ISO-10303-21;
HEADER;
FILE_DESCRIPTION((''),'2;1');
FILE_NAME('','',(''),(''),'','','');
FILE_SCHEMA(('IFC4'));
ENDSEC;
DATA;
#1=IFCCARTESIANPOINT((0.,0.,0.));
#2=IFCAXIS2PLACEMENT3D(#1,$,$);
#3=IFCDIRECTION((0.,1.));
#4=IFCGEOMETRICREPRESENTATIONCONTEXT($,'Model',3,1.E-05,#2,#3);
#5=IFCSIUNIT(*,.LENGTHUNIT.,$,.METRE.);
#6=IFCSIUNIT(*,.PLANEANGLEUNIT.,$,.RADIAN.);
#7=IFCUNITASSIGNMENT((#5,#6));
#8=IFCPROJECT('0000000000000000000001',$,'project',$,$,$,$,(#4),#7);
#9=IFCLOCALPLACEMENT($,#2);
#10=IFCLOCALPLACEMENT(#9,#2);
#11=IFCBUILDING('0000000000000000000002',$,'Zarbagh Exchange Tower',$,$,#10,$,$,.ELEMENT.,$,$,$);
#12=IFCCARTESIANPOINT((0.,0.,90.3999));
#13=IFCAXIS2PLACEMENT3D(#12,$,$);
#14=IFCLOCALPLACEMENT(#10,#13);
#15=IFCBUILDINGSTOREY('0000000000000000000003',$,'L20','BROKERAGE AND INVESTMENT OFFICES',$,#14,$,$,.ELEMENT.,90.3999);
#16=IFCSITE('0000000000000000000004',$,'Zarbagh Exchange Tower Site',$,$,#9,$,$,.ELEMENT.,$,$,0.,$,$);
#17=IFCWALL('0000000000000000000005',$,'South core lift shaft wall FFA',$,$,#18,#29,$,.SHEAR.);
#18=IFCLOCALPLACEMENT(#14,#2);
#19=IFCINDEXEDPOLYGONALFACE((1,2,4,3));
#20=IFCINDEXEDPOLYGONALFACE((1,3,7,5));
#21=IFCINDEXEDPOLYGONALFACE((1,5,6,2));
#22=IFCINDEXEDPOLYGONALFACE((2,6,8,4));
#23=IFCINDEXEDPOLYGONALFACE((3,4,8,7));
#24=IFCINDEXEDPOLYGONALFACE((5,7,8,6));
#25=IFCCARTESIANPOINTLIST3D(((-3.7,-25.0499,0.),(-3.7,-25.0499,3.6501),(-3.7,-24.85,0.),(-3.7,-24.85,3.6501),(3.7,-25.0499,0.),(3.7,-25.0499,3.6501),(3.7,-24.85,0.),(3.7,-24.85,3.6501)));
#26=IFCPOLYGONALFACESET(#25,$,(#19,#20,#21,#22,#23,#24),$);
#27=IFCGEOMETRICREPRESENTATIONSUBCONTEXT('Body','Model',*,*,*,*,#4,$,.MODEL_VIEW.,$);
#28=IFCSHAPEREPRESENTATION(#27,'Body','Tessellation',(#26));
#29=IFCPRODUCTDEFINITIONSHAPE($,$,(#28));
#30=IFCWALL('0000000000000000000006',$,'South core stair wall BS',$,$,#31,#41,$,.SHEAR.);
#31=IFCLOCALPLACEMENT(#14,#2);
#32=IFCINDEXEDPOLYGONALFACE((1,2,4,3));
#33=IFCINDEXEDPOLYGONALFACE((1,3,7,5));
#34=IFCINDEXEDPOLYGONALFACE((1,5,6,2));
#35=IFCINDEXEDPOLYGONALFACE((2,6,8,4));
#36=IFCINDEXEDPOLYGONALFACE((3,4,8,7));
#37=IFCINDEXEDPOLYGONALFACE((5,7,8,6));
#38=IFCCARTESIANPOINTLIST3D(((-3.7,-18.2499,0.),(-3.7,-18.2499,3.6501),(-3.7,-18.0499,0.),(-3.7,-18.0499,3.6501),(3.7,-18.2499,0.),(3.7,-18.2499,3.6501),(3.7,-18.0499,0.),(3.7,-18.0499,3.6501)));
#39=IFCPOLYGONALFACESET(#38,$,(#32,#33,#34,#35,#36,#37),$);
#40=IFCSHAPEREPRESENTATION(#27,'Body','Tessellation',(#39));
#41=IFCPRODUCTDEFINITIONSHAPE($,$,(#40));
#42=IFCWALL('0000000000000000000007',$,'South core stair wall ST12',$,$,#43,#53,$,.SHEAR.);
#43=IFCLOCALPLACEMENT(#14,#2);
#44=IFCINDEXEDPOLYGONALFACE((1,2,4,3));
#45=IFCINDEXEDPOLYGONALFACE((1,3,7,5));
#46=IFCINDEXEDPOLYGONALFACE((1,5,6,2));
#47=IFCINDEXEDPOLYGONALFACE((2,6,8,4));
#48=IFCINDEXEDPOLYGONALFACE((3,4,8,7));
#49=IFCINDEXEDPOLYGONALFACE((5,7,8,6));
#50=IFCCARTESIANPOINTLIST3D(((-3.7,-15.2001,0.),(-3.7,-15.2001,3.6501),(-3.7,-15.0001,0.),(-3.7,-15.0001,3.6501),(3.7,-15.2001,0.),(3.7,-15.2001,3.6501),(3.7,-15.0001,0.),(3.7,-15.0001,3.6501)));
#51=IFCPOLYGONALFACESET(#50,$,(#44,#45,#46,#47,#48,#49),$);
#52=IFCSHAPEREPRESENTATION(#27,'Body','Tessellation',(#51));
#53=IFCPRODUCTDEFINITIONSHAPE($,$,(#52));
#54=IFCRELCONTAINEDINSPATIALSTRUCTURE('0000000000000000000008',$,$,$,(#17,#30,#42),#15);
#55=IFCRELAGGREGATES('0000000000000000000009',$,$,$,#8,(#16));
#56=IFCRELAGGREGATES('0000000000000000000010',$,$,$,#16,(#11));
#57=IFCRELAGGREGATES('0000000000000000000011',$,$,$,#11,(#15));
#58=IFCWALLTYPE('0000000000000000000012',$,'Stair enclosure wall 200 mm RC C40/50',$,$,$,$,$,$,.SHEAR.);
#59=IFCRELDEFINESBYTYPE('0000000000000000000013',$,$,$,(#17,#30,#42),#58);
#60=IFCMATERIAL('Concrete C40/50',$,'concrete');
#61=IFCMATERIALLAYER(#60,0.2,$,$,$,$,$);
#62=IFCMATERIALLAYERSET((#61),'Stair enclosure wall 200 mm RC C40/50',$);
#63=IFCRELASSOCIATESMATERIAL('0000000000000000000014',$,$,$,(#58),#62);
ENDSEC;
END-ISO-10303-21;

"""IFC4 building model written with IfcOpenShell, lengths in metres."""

from ifc_helpers import new_model, si_unit, direction, frame, frame_2d, origin, place, context, subcontext, project, spatial, rectangle, extrude, material, layer, layer_set, type_object, element, save


model = new_model("IFC4")

# Units and contexts
model_context = context("Model", 3, precision=1e-05, world=origin(), true_north=direction((0.0, 1.0)))
body_context = subcontext(model_context, "Body", "Model", "MODEL_VIEW")
ifc_project = project(units=[si_unit("LENGTHUNIT", "METRE"), si_unit("PLANEANGLEUNIT", "RADIAN")], contexts=[model_context])

# Site, building, storey
site_placement = place(None, origin())
site = spatial("IfcSite", under=ifc_project, at=site_placement, Name="Zarbagh Exchange Tower Site", CompositionType="ELEMENT", RefElevation=0.0)
building_placement = place(site_placement, origin())
building = spatial("IfcBuilding", under=site, at=building_placement, Name="Zarbagh Exchange Tower", CompositionType="ELEMENT")
storey_placement = place(building_placement, frame((0.0, 0.0, 90.3999)))
storey = spatial("IfcBuildingStorey", under=building, at=storey_placement, Name="L20", Description="BROKERAGE AND INVESTMENT OFFICES", CompositionType="ELEMENT", Elevation=90.3999)

# Walls
ifc_material_1 = material(Name="Concrete C40/50", Category="concrete")
ifc_layer_1 = layer(ifc_material_1, 0.2)
ifc_layer_set_1 = layer_set([ifc_layer_1], Name="Stair enclosure wall 200 mm RC C40/50")
wall_type_1 = type_object("IfcWallType", Name="Stair enclosure wall 200 mm RC C40/50", PredefinedType="SHEAR", material=ifc_layer_set_1)
for number, where, z_axis, x_axis, name in (
    (1, (3.7, -24.95, 0.0), (0.0, 0.0, 1.0), (-1.0, 0.0, 0.0), "South core lift shaft wall FFA"),
    (2, (3.7, -18.1499, 0.0), (0.0, 0.0, 1.0), (-1.0, 0.0, 0.0), "South core stair wall BS"),
    (3, (3.7, -15.1001, 0.0), (0.0, 0.0, 1.0), (-1.0, 0.0, 0.0), "South core stair wall ST12"),
):
    element("IfcWall", number, at=place(storey_placement, frame(where, z_axis=z_axis, x_axis=x_axis)), inside=storey, type_object=wall_type_1, Name=name, PredefinedType="SHEAR", context=body_context, shape_type="SweptSolid", body=[
        extrude(rectangle(XDim=7.3999, YDim=0.2, at=frame_2d((3.7, 0.0))), origin(), (0.0, 0.0, 1.0), 3.6501),
    ])

save(model, "model.ifc")
